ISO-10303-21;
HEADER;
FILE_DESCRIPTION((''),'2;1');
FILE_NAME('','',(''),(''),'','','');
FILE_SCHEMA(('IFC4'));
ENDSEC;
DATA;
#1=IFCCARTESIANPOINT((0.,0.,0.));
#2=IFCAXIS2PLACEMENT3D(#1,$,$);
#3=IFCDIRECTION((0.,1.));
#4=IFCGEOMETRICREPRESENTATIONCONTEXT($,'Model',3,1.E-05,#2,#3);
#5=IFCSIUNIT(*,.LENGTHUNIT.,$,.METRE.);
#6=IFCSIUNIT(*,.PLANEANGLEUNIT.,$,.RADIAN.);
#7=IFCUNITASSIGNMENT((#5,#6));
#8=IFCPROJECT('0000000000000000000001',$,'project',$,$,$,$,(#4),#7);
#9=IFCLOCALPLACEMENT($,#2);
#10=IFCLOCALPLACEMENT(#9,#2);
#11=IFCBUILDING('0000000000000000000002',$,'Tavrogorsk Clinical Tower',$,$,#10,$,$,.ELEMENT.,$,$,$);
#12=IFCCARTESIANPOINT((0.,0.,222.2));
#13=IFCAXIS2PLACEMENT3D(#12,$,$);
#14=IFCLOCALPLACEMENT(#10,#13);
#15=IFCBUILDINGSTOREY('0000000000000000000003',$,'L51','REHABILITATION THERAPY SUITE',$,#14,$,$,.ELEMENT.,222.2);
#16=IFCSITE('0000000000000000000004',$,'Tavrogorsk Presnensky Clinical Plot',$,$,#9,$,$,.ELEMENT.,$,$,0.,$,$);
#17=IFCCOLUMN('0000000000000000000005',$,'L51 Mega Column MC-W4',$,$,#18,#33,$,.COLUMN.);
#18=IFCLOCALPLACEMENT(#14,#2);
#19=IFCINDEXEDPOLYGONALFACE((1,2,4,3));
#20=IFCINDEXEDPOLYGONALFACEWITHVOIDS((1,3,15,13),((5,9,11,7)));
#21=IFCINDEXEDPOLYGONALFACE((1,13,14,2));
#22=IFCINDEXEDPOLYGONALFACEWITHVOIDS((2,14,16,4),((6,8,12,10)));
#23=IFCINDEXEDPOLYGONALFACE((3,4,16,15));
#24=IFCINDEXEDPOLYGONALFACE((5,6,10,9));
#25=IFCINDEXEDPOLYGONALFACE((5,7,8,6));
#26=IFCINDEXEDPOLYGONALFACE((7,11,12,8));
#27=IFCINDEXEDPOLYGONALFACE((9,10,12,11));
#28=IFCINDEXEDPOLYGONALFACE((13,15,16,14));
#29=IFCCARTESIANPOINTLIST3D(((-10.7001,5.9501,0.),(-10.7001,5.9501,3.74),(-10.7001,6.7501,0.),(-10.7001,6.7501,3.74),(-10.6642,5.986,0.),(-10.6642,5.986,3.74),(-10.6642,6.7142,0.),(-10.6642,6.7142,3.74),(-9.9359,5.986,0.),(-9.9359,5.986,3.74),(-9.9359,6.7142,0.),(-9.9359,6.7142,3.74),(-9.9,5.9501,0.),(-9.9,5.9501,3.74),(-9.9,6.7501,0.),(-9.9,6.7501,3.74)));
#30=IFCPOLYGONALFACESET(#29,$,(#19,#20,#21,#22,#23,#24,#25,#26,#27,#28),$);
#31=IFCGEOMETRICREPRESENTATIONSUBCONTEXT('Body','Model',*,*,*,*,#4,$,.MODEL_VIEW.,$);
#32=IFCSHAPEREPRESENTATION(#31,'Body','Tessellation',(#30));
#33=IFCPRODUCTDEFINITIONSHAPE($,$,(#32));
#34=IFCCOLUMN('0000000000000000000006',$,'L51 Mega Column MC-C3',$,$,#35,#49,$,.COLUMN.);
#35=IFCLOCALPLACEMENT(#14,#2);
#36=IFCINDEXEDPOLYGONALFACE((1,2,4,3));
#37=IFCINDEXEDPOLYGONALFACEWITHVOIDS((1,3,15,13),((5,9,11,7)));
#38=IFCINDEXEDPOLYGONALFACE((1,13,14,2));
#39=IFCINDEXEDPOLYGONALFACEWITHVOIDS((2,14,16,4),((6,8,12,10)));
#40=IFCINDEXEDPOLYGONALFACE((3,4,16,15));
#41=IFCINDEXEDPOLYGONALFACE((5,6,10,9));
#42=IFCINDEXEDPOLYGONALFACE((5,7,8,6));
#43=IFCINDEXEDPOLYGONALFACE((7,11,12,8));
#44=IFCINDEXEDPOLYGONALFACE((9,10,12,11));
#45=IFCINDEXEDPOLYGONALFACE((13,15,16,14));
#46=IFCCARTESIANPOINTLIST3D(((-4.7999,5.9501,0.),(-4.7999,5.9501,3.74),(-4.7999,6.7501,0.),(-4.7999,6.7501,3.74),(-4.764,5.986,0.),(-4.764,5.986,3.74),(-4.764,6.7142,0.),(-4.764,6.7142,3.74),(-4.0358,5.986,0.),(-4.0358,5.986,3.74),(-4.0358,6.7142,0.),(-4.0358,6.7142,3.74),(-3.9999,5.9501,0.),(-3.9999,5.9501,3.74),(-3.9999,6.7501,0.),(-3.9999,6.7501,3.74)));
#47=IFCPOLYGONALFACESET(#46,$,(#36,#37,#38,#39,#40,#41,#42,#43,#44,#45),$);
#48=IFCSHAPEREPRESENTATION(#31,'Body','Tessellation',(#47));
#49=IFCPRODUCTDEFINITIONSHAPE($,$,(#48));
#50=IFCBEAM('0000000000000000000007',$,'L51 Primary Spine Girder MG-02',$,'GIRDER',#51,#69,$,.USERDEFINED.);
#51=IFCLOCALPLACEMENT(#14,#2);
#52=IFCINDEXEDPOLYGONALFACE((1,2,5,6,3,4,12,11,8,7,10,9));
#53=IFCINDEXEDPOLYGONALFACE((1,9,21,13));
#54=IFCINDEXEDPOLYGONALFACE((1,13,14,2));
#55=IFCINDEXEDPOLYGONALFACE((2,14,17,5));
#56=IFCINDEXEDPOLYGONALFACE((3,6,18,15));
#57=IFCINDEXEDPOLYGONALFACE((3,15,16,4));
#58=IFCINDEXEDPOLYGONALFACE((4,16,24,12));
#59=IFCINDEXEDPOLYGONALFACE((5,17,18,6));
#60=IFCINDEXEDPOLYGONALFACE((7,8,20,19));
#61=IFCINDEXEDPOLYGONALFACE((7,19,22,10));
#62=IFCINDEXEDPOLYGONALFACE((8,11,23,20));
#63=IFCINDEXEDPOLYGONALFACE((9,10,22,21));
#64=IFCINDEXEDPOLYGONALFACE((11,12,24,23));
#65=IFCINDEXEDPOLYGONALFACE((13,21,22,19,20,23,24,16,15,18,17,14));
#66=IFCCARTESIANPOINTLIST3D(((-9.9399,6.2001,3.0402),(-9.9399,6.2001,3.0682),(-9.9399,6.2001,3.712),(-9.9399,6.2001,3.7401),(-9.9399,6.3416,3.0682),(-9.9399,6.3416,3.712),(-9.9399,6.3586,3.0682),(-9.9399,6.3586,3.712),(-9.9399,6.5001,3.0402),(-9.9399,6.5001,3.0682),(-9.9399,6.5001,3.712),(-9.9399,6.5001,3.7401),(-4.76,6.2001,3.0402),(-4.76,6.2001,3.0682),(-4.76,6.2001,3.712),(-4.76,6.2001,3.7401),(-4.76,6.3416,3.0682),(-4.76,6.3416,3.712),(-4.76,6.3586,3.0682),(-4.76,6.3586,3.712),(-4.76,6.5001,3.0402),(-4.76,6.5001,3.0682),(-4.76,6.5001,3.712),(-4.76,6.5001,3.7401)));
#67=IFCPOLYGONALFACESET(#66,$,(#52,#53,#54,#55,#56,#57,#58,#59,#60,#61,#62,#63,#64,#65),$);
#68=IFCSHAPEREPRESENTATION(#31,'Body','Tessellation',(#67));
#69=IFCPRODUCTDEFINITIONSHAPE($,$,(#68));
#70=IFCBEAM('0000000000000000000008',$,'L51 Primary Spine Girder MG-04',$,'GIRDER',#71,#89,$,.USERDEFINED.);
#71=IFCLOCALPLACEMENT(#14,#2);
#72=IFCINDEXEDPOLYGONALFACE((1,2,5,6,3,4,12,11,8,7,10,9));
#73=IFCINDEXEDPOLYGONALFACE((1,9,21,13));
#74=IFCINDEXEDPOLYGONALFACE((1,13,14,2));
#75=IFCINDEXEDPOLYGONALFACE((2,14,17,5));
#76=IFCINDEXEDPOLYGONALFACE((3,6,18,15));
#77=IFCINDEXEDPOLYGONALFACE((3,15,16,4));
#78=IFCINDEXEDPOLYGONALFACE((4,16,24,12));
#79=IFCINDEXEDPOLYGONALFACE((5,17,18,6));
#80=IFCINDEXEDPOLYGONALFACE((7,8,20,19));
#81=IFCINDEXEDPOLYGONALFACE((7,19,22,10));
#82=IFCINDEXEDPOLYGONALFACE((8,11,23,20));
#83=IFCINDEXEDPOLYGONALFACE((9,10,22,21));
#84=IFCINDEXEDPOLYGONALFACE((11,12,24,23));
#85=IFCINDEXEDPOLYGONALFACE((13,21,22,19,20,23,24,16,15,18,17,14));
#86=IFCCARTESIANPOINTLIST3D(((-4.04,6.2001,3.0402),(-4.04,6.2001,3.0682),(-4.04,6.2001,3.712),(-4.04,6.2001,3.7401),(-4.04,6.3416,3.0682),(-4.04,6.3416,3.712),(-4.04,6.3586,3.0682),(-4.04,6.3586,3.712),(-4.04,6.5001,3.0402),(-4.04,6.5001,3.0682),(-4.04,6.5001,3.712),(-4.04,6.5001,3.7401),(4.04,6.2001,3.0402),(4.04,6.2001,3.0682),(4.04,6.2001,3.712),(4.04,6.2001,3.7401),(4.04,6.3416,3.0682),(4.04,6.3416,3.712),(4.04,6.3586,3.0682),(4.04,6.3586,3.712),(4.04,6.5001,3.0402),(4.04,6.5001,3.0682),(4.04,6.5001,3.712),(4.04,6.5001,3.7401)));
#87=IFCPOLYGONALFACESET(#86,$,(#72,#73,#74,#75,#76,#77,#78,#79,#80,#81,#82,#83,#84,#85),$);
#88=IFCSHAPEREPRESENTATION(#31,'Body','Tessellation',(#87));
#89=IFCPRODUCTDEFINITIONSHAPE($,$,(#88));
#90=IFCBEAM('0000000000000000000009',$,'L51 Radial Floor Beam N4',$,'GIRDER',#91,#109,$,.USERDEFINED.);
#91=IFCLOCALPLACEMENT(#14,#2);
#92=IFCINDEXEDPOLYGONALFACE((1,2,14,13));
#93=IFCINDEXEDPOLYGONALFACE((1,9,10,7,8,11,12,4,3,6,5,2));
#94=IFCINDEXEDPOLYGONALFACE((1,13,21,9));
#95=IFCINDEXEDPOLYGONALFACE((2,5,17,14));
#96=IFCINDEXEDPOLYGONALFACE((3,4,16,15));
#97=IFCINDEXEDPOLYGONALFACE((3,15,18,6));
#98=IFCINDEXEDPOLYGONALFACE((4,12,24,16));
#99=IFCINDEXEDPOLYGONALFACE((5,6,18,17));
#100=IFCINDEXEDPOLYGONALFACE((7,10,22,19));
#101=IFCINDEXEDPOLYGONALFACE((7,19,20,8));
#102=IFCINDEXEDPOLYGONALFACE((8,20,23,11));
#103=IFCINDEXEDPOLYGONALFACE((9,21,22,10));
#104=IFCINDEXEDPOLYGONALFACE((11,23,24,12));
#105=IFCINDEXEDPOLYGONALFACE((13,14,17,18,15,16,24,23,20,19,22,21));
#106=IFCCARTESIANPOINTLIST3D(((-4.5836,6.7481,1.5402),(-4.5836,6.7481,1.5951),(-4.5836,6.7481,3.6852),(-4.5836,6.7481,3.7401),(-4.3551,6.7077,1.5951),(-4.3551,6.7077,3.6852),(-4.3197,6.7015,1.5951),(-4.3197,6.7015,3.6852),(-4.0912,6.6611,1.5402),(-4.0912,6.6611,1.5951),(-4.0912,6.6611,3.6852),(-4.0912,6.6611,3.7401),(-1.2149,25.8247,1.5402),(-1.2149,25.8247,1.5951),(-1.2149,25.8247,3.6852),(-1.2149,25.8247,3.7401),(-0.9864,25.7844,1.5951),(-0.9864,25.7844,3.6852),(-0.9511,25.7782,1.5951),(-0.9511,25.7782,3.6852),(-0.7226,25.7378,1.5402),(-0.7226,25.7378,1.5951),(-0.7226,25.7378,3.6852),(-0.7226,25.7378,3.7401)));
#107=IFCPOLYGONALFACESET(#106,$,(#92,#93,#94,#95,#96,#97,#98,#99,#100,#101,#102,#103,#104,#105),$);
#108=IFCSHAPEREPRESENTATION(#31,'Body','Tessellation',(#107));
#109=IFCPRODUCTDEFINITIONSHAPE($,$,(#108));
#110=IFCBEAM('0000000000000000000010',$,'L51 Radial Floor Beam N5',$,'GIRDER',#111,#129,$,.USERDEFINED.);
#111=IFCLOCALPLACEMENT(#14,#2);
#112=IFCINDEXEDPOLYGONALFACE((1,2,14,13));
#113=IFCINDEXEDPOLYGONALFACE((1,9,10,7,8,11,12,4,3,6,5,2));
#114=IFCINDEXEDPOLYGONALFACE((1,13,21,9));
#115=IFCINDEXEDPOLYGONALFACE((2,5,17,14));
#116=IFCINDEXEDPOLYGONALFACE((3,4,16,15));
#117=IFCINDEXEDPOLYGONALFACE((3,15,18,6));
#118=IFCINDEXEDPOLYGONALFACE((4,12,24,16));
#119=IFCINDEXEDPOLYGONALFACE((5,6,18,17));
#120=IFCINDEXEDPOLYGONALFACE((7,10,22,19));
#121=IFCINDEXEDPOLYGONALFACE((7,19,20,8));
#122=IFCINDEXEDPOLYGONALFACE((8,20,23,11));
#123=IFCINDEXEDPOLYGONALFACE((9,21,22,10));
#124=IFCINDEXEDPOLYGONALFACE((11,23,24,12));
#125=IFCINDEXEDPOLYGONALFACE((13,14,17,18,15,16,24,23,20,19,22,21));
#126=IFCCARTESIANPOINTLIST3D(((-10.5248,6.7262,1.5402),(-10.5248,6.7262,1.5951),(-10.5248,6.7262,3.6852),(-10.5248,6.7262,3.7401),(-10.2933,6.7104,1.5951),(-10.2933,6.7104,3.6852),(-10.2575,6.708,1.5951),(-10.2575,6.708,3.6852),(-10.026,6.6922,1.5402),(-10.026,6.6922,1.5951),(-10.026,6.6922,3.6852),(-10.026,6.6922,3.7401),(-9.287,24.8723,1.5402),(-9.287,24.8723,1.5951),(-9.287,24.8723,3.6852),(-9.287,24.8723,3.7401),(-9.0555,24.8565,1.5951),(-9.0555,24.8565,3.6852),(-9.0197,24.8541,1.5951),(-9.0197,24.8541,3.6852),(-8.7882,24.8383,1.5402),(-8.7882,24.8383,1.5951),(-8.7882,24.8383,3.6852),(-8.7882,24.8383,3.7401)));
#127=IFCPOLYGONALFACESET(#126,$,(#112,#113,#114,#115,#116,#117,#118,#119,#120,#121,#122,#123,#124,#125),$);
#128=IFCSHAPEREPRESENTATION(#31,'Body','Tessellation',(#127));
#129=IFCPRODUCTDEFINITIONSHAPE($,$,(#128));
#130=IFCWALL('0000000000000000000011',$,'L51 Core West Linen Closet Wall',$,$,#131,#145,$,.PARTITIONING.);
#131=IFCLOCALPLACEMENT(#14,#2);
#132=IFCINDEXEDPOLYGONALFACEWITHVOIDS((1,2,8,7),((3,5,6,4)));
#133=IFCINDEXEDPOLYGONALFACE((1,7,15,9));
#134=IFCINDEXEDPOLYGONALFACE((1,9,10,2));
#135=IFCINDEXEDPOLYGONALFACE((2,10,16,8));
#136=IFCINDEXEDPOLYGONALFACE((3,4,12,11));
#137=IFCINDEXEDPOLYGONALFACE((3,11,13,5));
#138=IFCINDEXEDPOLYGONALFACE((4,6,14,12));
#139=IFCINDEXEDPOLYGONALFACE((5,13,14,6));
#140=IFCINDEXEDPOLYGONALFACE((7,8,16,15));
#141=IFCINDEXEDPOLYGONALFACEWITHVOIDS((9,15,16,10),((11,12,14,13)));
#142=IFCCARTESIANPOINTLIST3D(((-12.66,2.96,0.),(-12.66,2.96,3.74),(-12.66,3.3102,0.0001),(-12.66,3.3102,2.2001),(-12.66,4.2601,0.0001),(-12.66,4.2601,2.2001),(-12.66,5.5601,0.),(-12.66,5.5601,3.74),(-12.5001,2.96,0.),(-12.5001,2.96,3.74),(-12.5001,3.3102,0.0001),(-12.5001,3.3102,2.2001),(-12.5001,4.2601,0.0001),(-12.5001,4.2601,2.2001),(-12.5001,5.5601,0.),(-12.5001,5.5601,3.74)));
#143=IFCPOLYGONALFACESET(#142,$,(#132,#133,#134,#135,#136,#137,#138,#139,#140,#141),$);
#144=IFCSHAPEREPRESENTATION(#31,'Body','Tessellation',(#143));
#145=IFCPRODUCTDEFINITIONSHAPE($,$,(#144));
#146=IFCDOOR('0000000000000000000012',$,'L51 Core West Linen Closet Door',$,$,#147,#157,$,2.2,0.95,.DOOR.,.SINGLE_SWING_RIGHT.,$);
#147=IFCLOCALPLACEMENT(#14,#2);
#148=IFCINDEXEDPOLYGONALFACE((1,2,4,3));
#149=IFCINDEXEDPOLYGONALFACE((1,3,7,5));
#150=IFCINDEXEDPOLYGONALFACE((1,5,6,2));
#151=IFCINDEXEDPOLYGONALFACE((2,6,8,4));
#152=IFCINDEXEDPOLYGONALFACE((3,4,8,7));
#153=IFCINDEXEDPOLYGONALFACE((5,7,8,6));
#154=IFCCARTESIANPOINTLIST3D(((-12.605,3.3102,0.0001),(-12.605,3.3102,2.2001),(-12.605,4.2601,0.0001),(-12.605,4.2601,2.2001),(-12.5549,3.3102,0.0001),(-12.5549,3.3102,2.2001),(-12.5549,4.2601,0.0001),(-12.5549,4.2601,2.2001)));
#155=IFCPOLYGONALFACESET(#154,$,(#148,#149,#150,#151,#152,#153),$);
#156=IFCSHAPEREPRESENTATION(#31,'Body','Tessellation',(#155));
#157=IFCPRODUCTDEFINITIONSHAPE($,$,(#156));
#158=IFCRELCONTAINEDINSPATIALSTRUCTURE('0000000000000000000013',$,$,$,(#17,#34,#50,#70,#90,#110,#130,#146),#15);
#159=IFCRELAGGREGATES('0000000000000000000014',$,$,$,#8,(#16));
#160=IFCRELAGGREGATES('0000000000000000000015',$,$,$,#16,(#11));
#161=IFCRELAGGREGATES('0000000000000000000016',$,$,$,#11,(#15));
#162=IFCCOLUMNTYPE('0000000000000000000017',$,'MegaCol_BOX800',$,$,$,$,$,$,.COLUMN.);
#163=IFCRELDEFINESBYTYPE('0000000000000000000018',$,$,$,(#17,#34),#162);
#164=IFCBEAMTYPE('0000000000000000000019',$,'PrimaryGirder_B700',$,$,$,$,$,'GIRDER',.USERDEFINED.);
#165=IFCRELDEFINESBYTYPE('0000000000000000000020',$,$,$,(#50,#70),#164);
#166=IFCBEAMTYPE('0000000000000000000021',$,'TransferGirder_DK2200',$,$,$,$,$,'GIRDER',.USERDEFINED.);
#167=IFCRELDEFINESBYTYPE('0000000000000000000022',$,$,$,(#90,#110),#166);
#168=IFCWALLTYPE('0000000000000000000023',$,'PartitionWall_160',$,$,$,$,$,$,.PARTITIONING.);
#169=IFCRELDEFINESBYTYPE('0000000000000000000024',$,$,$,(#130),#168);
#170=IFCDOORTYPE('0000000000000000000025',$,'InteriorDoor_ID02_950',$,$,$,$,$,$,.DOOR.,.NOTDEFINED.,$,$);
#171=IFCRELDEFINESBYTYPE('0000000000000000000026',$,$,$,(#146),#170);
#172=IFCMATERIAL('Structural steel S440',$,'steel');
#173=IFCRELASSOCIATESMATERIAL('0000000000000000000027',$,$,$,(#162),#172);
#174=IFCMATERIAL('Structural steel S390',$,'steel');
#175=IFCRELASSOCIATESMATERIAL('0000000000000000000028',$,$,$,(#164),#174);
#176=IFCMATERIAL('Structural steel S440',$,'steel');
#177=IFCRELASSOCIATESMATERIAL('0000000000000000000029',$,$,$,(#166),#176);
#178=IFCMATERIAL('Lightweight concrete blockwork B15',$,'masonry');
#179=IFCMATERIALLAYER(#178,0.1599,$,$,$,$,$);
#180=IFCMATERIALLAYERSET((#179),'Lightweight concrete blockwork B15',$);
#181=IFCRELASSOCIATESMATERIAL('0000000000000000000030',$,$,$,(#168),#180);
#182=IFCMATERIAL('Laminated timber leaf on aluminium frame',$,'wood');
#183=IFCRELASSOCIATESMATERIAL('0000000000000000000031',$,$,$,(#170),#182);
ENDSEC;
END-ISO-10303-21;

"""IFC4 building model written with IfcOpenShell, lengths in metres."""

from ifc_helpers import new_model, si_unit, direction, frame, frame_2d, origin, origin_2d, place, context, subcontext, project, spatial, rectangle, hollow_rectangle, i_section, extrude, material, layer, layer_set, material_profile, profile_set, type_object, element, fill, save


model = new_model("IFC4")

# Units and contexts
model_context = context("Model", 3, precision=1e-05, world=origin(), true_north=direction((0.0, 1.0)))
body_context = subcontext(model_context, "Body", "Model", "MODEL_VIEW")
ifc_project = project(units=[si_unit("LENGTHUNIT", "METRE"), si_unit("PLANEANGLEUNIT", "RADIAN")], contexts=[model_context])

# Site, building, storey
site_placement = place(None, origin())
site = spatial("IfcSite", under=ifc_project, at=site_placement, Name="Tavrogorsk Presnensky Clinical Plot", CompositionType="ELEMENT", RefElevation=0.0)
building_placement = place(site_placement, origin())
building = spatial("IfcBuilding", under=site, at=building_placement, Name="Tavrogorsk Clinical Tower", CompositionType="ELEMENT")
storey_placement = place(building_placement, frame((0.0, 0.0, 222.2)))
storey = spatial("IfcBuildingStorey", under=building, at=storey_placement, Name="L51", Description="REHABILITATION THERAPY SUITE", CompositionType="ELEMENT", Elevation=222.2)

# Columns
ifc_material_1 = material(Name="Structural steel S440", Category="steel")
ifc_material_profile_1 = material_profile(ifc_material_1, hollow_rectangle(XDim=0.8, YDim=0.8, WallThickness=0.0359, at=origin_2d()), Name="BOX-800x800x36")
ifc_profile_set_1 = profile_set([ifc_material_profile_1], Name="Structural steel S440")
column_type = type_object("IfcColumnType", Name="MegaCol_BOX800", PredefinedType="COLUMN", material=ifc_profile_set_1)
for number, where, z_axis, x_axis, name in (
    (1, (-10.3, 6.3501, 0.0), (0.0, 0.0, 1.0), (1.0, 0.0, 0.0), "L51 Mega Column MC-W4"),
    (2, (-4.3999, 6.3501, 0.0), (0.0, 0.0, 1.0), (1.0, 0.0, 0.0), "L51 Mega Column MC-C3"),
):
    element("IfcColumn", number, at=place(storey_placement, frame(where, z_axis=z_axis, x_axis=x_axis)), inside=storey, type_object=column_type, Name=name, PredefinedType="COLUMN", context=body_context, shape_type="SweptSolid", body=[
        extrude(hollow_rectangle(XDim=0.8, YDim=0.8, WallThickness=0.0359, at=origin_2d()), origin(), (0.0, 0.0, 1.0), 3.74),
    ])

# Beams
ifc_material_2 = material(Name="Structural steel S390", Category="steel")
ifc_material_profile_2 = material_profile(ifc_material_2, i_section(OverallWidth=0.3, OverallDepth=0.7, WebThickness=0.0171, FlangeThickness=0.0281, at=origin_2d()), Name="B-700x300x17x28")
ifc_profile_set_2 = profile_set([ifc_material_profile_2], Name="Structural steel S390")
beam_type_1 = type_object("IfcBeamType", Name="PrimaryGirder_B700", ElementType="GIRDER", PredefinedType="USERDEFINED", material=ifc_profile_set_2)
beam_1_placement = place(storey_placement, frame((-9.9399, 6.3501, 3.3901), z_axis=(1.0, 0.0, 0.0), x_axis=(0.0, 1.0, 0.0)))
element("IfcBeam", 3, at=beam_1_placement, inside=storey, type_object=beam_type_1, Name="L51 Primary Spine Girder MG-02", ObjectType="GIRDER", PredefinedType="USERDEFINED", context=body_context, shape_type="SweptSolid", body=[
    extrude(i_section(OverallWidth=0.3, OverallDepth=0.7, WebThickness=0.0171, FlangeThickness=0.0281, at=origin_2d()), origin(), (0.0, 0.0, 1.0), 5.1799),
])
beam_2_placement = place(storey_placement, frame((-4.04, 6.3501, 3.3901), z_axis=(1.0, 0.0, 0.0), x_axis=(0.0, 1.0, 0.0)))
element("IfcBeam", 4, at=beam_2_placement, inside=storey, type_object=beam_type_1, Name="L51 Primary Spine Girder MG-04", ObjectType="GIRDER", PredefinedType="USERDEFINED", context=body_context, shape_type="SweptSolid", body=[
    extrude(i_section(OverallWidth=0.3, OverallDepth=0.7, WebThickness=0.0171, FlangeThickness=0.0281, at=origin_2d()), origin(), (0.0, 0.0, 1.0), 8.0801),
])
ifc_material_3 = material(Name="Structural steel S440", Category="steel")
ifc_material_profile_3 = material_profile(ifc_material_3, i_section(OverallWidth=0.5, OverallDepth=2.2, WebThickness=0.0359, FlangeThickness=0.0549, at=origin_2d()), Name="DK-2200x500x36x55")
ifc_profile_set_3 = profile_set([ifc_material_profile_3], Name="Structural steel S440")
beam_type_2 = type_object("IfcBeamType", Name="TransferGirder_DK2200", ElementType="GIRDER", PredefinedType="USERDEFINED", material=ifc_profile_set_3)
beam_3_placement = place(storey_placement, frame((-4.3374, 6.7046, 2.6401), z_axis=(0.173895, 0.984764, 0.0), x_axis=(-0.984764, 0.173895, 0.0)))
element("IfcBeam", 5, at=beam_3_placement, inside=storey, type_object=beam_type_2, Name="L51 Radial Floor Beam N4", ObjectType="GIRDER", PredefinedType="USERDEFINED", context=body_context, shape_type="SweptSolid", body=[
    extrude(i_section(OverallWidth=0.5, OverallDepth=2.2, WebThickness=0.0359, FlangeThickness=0.0549, at=origin_2d()), origin(), (0.0, 0.0, 1.0), 19.3718),
])
beam_4_placement = place(storey_placement, frame((-10.2754, 6.7092, 2.6401), z_axis=(0.068055, 0.997682, 0.0), x_axis=(-0.997682, 0.068055, 0.0)))
element("IfcBeam", 6, at=beam_4_placement, inside=storey, type_object=beam_type_2, Name="L51 Radial Floor Beam N5", ObjectType="GIRDER", PredefinedType="USERDEFINED", context=body_context, shape_type="SweptSolid", body=[
    extrude(i_section(OverallWidth=0.5, OverallDepth=2.2, WebThickness=0.0359, FlangeThickness=0.0549, at=origin_2d()), origin(), (0.0, 0.0, 1.0), 18.1882),
])

# Wall, opening, door
ifc_material_4 = material(Name="Lightweight concrete blockwork B15", Category="masonry")
ifc_layer_1 = layer(ifc_material_4, 0.1599)
ifc_layer_set_1 = layer_set([ifc_layer_1], Name="Lightweight concrete blockwork B15")
wall_type_1 = type_object("IfcWallType", Name="PartitionWall_160", PredefinedType="PARTITIONING", material=ifc_layer_set_1)
wall_1_placement = place(storey_placement, frame((-12.5801, 2.96, 0.0), z_axis=(0.0, 0.0, 1.0), x_axis=(0.0, 1.0, 0.0)))
wall_1 = element("IfcWall", 7, at=wall_1_placement, inside=storey, type_object=wall_type_1, Name="L51 Core West Linen Closet Wall", PredefinedType="PARTITIONING", context=body_context, shape_type="SweptSolid", body=[
    extrude(rectangle(XDim=2.6001, YDim=0.1599, at=frame_2d((1.3, 0.0))), origin(), (0.0, 0.0, 1.0), 3.74),
])
opening_1_placement = place(wall_1_placement, frame((0.3501, 0.0, 0.0)))
opening_1 = element("IfcOpeningElement", 8, at=opening_1_placement, cuts=wall_1, PredefinedType="OPENING", context=body_context, shape_type="SweptSolid", body=[
    extrude(rectangle(XDim=0.95, YDim=2.2, at=frame_2d((0.4751, 1.1001))), frame((0.0, 0.0898, 0.0), z_axis=(0.0, -1.0, 0.0), x_axis=(1.0, 0.0, 0.0)), (0.0, 0.0, 1.0), 0.1799),
])
ifc_material_5 = material(Name="Laminated timber leaf on aluminium frame", Category="wood")
door_type_1 = type_object("IfcDoorType", Name="InteriorDoor_ID02_950", OperationType="NOTDEFINED", PredefinedType="DOOR", material=ifc_material_5)
door_1_placement = place(opening_1_placement, origin())
door_1 = element("IfcDoor", 9, at=door_1_placement, inside=storey, type_object=door_type_1, Name="L51 Core West Linen Closet Door", OperationType="SINGLE_SWING_RIGHT", OverallHeight=2.2, OverallWidth=0.95, PredefinedType="DOOR", context=body_context, shape_type="SweptSolid", body=[
    extrude(rectangle(XDim=0.95, YDim=2.2, at=frame_2d((0.4751, 1.1001))), frame((0.0, 0.0249, 0.0), z_axis=(0.0, -1.0, 0.0), x_axis=(1.0, 0.0, 0.0)), (0.0, 0.0, 1.0), 0.05),
])
fill(opening_1, door_1)

save(model, "model.ifc")
